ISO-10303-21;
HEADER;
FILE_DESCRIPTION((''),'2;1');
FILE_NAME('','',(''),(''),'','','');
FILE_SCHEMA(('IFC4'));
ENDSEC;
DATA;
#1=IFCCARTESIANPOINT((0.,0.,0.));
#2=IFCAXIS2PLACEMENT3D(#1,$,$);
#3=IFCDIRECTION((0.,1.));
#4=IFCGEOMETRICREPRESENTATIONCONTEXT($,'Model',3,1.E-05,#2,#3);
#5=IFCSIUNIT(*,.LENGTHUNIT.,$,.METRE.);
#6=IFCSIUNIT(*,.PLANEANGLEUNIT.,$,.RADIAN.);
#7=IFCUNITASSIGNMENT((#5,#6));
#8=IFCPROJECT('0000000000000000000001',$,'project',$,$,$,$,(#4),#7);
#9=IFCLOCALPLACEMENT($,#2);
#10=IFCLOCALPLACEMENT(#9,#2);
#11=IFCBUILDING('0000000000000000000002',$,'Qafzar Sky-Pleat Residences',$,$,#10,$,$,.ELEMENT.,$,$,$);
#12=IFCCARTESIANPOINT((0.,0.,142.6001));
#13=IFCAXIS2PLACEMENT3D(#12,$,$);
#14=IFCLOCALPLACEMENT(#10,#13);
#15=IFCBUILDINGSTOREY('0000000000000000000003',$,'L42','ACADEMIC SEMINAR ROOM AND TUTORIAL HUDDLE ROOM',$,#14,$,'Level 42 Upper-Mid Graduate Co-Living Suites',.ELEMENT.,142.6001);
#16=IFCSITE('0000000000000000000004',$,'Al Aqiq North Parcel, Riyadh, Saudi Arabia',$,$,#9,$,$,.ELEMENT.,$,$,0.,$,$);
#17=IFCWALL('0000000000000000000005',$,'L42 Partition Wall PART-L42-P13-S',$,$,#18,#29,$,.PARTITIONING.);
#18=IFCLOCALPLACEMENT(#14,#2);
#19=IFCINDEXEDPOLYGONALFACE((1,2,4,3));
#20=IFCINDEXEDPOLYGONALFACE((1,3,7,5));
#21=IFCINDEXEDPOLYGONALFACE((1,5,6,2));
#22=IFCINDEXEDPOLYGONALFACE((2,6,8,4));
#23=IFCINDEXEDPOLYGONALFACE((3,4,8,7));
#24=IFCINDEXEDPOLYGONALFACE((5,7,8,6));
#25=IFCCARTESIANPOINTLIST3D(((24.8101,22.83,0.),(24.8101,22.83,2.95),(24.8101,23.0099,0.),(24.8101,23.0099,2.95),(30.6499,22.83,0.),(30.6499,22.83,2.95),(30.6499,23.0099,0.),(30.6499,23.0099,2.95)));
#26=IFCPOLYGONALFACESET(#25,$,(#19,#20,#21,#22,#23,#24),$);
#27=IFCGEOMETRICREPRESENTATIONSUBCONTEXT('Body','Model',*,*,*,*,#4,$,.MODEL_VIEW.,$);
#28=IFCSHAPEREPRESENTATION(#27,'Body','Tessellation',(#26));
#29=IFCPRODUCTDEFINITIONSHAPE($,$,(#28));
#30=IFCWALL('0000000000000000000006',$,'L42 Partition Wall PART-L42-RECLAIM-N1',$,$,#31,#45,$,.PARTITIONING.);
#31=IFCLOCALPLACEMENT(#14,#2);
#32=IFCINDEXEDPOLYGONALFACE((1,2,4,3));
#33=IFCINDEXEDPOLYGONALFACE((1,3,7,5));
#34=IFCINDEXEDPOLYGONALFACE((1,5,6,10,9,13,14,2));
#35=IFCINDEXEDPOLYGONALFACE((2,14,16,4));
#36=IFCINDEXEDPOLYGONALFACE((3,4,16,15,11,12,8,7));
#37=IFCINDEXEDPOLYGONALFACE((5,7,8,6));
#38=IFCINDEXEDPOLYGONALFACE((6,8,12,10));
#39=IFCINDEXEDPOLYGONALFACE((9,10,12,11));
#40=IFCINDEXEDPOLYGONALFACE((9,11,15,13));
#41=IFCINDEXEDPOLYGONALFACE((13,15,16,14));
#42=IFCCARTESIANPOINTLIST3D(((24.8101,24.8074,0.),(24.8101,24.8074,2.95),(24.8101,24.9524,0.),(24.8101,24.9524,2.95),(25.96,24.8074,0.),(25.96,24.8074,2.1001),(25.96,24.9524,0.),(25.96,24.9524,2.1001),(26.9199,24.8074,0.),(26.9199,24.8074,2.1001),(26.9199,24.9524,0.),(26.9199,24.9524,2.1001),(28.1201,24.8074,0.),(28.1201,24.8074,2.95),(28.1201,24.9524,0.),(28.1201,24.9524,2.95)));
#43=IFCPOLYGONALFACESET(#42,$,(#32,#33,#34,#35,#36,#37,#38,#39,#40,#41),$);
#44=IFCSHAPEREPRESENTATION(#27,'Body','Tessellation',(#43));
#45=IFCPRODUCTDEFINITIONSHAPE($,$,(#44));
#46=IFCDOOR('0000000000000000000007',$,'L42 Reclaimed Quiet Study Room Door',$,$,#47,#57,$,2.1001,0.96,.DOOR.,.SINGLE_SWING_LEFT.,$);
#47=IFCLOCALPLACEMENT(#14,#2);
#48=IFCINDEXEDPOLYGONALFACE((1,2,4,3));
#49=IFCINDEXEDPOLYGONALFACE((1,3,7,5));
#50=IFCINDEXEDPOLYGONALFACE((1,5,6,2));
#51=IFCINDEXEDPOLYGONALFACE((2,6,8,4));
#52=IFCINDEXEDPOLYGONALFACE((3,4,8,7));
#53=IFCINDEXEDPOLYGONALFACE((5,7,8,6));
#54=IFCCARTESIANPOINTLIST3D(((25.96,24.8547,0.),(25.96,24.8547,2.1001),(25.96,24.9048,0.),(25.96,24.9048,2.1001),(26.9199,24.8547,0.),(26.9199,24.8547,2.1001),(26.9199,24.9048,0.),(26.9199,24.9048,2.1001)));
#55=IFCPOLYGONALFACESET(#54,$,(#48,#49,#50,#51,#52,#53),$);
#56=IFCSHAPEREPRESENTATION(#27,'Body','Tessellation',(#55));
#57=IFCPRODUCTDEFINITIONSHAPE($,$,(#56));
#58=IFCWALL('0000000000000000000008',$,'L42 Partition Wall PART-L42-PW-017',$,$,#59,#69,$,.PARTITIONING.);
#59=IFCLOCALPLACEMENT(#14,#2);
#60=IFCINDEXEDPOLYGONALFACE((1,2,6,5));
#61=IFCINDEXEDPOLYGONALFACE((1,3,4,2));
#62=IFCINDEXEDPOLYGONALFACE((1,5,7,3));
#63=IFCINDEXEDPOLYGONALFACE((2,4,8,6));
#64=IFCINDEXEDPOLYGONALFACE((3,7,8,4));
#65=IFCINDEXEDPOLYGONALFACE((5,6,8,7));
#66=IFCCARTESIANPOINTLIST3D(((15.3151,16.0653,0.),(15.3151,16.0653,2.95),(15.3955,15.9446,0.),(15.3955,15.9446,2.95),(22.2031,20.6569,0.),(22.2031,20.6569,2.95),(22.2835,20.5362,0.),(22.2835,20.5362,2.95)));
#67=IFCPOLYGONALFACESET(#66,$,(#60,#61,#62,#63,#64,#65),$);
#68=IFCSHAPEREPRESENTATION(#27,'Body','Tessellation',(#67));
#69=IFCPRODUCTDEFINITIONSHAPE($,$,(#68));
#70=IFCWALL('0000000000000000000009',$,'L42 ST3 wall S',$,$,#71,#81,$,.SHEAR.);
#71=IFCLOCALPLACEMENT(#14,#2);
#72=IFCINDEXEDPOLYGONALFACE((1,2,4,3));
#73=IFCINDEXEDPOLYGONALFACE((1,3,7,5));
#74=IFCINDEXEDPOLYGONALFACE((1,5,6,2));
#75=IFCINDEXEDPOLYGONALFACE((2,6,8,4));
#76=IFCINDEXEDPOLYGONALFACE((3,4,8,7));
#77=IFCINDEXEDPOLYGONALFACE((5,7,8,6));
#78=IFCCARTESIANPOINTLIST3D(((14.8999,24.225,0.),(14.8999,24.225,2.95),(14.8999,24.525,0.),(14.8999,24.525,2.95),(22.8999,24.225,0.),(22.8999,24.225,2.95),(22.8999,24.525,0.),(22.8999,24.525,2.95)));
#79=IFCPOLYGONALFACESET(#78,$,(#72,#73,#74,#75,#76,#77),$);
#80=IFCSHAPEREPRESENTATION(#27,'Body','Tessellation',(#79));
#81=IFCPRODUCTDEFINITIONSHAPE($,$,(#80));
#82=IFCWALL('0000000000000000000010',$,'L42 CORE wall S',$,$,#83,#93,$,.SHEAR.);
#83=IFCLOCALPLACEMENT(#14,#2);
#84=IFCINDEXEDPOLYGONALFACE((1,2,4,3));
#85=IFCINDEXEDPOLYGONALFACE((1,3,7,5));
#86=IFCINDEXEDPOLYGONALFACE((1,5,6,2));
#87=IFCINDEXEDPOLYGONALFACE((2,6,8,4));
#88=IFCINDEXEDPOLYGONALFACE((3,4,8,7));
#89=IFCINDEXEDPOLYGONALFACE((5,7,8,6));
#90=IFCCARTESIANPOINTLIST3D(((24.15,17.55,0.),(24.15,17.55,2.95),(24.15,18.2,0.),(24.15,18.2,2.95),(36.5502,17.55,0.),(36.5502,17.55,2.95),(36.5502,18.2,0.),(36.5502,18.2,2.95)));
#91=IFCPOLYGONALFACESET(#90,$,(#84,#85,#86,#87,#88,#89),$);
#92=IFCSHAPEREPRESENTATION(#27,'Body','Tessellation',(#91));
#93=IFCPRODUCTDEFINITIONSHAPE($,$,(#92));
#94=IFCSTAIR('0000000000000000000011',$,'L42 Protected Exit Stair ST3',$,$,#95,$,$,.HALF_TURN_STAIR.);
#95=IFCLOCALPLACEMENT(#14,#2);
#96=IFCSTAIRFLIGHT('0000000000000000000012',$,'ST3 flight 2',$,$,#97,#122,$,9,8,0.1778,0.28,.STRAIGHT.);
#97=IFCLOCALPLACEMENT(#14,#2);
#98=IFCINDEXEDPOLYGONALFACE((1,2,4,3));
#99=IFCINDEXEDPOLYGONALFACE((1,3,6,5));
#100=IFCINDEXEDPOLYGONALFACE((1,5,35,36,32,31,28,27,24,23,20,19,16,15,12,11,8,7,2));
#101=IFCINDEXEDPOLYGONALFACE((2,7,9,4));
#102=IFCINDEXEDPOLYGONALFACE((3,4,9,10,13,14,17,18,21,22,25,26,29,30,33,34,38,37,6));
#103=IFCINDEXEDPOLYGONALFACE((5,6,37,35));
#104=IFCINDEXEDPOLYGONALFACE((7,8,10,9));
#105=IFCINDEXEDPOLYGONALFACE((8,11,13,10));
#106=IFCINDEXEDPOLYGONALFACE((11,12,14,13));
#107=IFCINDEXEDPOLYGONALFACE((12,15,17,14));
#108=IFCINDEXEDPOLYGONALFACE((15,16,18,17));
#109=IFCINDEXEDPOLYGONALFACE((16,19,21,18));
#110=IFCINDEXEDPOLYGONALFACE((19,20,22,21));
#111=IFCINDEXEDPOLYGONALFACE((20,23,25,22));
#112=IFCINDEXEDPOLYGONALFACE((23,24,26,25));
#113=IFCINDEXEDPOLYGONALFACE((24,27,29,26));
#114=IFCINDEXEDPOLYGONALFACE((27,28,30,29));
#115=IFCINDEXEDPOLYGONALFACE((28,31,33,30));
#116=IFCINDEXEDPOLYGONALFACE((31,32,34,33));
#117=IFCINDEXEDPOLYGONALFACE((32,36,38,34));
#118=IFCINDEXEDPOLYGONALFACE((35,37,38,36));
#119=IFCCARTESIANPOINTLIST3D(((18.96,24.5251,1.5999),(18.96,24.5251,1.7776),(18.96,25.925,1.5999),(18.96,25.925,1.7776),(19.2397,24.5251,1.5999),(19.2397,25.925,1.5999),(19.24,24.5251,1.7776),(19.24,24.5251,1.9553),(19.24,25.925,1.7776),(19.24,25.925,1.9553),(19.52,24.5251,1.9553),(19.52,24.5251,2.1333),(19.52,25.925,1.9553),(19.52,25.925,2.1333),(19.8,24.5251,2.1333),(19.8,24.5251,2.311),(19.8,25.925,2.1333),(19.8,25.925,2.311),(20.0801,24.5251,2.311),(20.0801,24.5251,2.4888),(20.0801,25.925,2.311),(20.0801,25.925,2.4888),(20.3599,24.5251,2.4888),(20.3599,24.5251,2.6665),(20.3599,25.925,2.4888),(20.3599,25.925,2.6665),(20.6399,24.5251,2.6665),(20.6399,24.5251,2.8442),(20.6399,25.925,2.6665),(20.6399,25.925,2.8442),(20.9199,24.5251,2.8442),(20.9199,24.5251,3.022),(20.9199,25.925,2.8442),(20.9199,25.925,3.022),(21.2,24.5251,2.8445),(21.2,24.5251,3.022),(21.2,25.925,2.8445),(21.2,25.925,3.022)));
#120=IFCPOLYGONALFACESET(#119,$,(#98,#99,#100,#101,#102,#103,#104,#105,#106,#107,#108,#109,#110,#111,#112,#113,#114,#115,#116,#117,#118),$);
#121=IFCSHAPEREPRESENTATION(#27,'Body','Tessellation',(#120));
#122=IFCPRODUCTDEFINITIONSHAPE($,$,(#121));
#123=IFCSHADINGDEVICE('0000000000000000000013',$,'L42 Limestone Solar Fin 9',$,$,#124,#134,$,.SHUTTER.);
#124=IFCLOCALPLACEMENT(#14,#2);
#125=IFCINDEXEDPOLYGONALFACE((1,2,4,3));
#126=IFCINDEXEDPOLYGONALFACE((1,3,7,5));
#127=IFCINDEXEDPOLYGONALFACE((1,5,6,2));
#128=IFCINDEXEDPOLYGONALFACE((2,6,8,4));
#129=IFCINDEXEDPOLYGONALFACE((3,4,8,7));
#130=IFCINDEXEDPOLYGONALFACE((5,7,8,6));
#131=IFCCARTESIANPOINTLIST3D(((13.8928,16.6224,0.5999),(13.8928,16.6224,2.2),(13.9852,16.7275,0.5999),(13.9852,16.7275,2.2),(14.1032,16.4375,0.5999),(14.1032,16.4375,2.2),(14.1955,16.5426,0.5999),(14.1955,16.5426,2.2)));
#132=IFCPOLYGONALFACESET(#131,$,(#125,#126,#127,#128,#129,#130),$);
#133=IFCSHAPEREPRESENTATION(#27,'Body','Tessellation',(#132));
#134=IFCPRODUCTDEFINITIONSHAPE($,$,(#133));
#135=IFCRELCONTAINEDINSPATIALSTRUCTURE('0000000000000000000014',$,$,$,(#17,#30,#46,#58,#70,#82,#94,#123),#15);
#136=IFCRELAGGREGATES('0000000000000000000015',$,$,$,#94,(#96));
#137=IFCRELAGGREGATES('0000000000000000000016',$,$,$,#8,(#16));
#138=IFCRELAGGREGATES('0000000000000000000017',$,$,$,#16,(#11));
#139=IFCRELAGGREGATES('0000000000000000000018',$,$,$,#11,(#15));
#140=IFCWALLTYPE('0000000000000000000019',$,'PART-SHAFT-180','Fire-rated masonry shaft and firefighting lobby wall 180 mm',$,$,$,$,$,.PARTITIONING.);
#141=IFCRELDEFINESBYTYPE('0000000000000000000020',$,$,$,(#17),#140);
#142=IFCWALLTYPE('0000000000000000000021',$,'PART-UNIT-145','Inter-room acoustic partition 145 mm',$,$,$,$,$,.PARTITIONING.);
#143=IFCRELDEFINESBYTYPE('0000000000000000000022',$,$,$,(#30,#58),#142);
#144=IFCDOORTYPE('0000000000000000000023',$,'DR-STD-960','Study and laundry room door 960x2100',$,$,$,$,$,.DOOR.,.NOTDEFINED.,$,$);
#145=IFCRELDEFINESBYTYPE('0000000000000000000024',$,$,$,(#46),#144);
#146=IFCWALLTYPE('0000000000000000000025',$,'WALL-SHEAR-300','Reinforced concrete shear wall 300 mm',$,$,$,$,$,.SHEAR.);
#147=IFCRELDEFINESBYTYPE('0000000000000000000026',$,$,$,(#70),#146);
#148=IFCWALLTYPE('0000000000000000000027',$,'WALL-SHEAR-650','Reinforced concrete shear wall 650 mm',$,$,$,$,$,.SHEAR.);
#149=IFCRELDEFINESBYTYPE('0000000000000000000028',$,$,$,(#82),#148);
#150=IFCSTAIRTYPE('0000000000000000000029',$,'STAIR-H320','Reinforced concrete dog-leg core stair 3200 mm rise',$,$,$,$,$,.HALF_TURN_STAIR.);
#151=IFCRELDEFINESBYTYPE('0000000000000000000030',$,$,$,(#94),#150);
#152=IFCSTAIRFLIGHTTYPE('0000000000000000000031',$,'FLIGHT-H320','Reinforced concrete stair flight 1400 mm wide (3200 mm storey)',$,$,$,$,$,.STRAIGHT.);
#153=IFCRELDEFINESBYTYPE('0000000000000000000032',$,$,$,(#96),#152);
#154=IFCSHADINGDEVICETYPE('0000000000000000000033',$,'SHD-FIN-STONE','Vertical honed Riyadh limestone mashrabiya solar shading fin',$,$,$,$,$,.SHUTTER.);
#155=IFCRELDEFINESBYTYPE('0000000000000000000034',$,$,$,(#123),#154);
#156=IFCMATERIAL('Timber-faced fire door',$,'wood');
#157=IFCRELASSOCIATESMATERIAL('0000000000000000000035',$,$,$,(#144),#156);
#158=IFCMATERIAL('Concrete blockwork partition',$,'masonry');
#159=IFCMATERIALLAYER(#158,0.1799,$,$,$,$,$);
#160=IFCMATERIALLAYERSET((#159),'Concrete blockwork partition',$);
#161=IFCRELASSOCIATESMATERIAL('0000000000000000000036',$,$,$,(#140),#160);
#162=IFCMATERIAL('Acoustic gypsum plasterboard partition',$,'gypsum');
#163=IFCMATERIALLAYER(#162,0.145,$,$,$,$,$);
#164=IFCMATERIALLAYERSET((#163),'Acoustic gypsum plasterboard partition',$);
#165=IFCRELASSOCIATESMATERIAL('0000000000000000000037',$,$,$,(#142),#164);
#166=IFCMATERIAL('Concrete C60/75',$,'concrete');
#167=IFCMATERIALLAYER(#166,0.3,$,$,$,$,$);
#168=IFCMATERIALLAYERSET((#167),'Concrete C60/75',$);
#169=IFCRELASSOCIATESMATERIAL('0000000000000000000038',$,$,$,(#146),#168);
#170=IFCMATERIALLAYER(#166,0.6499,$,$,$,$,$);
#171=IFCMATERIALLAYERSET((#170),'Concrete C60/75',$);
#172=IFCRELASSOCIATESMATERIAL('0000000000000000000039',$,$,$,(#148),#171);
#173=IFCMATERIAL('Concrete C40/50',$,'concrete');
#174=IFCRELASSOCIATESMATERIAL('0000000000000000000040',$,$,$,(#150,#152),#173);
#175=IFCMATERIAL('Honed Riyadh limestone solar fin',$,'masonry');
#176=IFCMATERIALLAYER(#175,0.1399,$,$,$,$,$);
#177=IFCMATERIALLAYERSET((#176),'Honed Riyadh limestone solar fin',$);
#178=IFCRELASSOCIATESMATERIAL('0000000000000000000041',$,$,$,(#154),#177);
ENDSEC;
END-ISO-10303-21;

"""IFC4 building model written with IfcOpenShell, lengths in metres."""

from ifc_helpers import new_model, si_unit, direction, frame, frame_2d, origin, origin_2d, place, context, subcontext, project, spatial, polyline, rectangle, outline, extrude, source, transform, mapped, material, layer, layer_set, type_object, element, fill, aggregate, save


model = new_model("IFC4")

# Units and contexts
model_context = context("Model", 3, precision=1e-05, world=origin(), true_north=direction((0.0, 1.0)))
body_context = subcontext(model_context, "Body", "Model", "MODEL_VIEW")
ifc_project = project(units=[si_unit("LENGTHUNIT", "METRE"), si_unit("PLANEANGLEUNIT", "RADIAN")], contexts=[model_context])

# Site, building, storey
site_placement = place(None, origin())
site = spatial("IfcSite", under=ifc_project, at=site_placement, Name="Al Aqiq North Parcel, Riyadh, Saudi Arabia", CompositionType="ELEMENT", RefElevation=0.0)
building_placement = place(site_placement, origin())
building = spatial("IfcBuilding", under=site, at=building_placement, Name="Qafzar Sky-Pleat Residences", CompositionType="ELEMENT")
storey_placement = place(building_placement, frame((0.0, 0.0, 142.6001)))
storey = spatial("IfcBuildingStorey", under=building, at=storey_placement, Name="L42", Description="ACADEMIC SEMINAR ROOM AND TUTORIAL HUDDLE ROOM", LongName="Level 42 Upper-Mid Graduate Co-Living Suites", CompositionType="ELEMENT", Elevation=142.6001)

# Shared definitions
ifc_material_1 = material(Name="Acoustic gypsum plasterboard partition", Category="gypsum")
ifc_material_2 = material(Name="Timber-faced fire door", Category="wood")
door_type_1 = type_object("IfcDoorType", Name="DR-STD-960", Description="Study and laundry room door 960x2100", OperationType="NOTDEFINED", PredefinedType="DOOR", material=ifc_material_2)
shared_shape_1 = source(origin(), body_context, "Body", "SweptSolid", [
    extrude(rectangle(XDim=0.96, YDim=2.1001, at=frame_2d((0.48, 1.05))), frame((0.0, 0.0249, 0.0), z_axis=(0.0, -1.0, 0.0), x_axis=(1.0, 0.0, 0.0)), (0.0, 0.0, 1.0), 0.05),
])

# Wall
ifc_material_3 = material(Name="Concrete blockwork partition", Category="masonry")
ifc_layer_1 = layer(ifc_material_3, 0.1799)
ifc_layer_set_1 = layer_set([ifc_layer_1], Name="Concrete blockwork partition")
wall_type_1 = type_object("IfcWallType", Name="PART-SHAFT-180", Description="Fire-rated masonry shaft and firefighting lobby wall 180 mm", PredefinedType="PARTITIONING", material=ifc_layer_set_1)
wall_1_placement = place(storey_placement, frame((24.8101, 22.9199, 0.0), z_axis=(0.0, 0.0, 1.0), x_axis=(1.0, 0.0, 0.0)))
element("IfcWall", 1, at=wall_1_placement, inside=storey, type_object=wall_type_1, Name="L42 Partition Wall PART-L42-P13-S", PredefinedType="PARTITIONING", context=body_context, shape_type="SweptSolid", body=[
    extrude(rectangle(XDim=5.8398, YDim=0.1799, at=frame_2d((2.9199, 0.0))), origin(), (0.0, 0.0, 1.0), 2.95),
])

# Wall, opening, door
ifc_layer_2 = layer(ifc_material_1, 0.145)
ifc_layer_set_2 = layer_set([ifc_layer_2], Name="Acoustic gypsum plasterboard partition")
wall_type_2 = type_object("IfcWallType", Name="PART-UNIT-145", Description="Inter-room acoustic partition 145 mm", PredefinedType="PARTITIONING", material=ifc_layer_set_2)
wall_2_placement = place(storey_placement, frame((24.8101, 24.8799, 0.0), z_axis=(0.0, 0.0, 1.0), x_axis=(1.0, 0.0, 0.0)))
wall_2 = element("IfcWall", 2, at=wall_2_placement, inside=storey, type_object=wall_type_2, Name="L42 Partition Wall PART-L42-RECLAIM-N1", PredefinedType="PARTITIONING", context=body_context, shape_type="SweptSolid", body=[
    extrude(rectangle(XDim=3.3101, YDim=0.145, at=frame_2d((1.655, 0.0))), origin(), (0.0, 0.0, 1.0), 2.95),
])
opening_1_placement = place(wall_2_placement, frame((1.1499, 0.0, 0.0)))
opening_1 = element("IfcOpeningElement", 3, at=opening_1_placement, cuts=wall_2, PredefinedType="OPENING", context=body_context, shape_type="SweptSolid", body=[
    extrude(rectangle(XDim=0.96, YDim=2.1001, at=frame_2d((0.48, 1.05))), frame((0.0, 0.0825, 0.0), z_axis=(0.0, -1.0, 0.0), x_axis=(1.0, 0.0, 0.0)), (0.0, 0.0, 1.0), 0.165),
])
door_1_placement = place(opening_1_placement, origin())
door_1 = element("IfcDoor", 4, at=door_1_placement, inside=storey, type_object=door_type_1, Name="L42 Reclaimed Quiet Study Room Door", OperationType="SINGLE_SWING_LEFT", OverallHeight=2.1001, OverallWidth=0.96, PredefinedType="DOOR", context=body_context, shape_type="MappedRepresentation", body=[
    mapped(shared_shape_1, transform((0.0, 0.0, 0.0), x_axis=(1.0, 0.0, 0.0), y_axis=(0.0, 1.0, 0.0), z_axis=(0.0, 0.0, 1.0), scale=1.0)),
])
fill(opening_1, door_1)

# Wall
wall_3_placement = place(storey_placement, frame((15.3552, 16.0049, 0.0), z_axis=(0.0, 0.0, 1.0), x_axis=(0.832073, 0.554666, 0.0)))
element("IfcWall", 5, at=wall_3_placement, inside=storey, type_object=wall_type_2, Name="L42 Partition Wall PART-L42-PW-017", PredefinedType="PARTITIONING", context=body_context, shape_type="SweptSolid", body=[
    extrude(rectangle(XDim=8.2781, YDim=0.145, at=frame_2d((4.1392, 0.0))), origin(), (0.0, 0.0, 1.0), 2.95),
])

# Shared definitions
ifc_material_4 = material(Name="Concrete C60/75", Category="concrete")
ifc_layer_3 = layer(ifc_material_4, 0.3)
ifc_layer_set_3 = layer_set([ifc_layer_3], Name="Concrete C60/75")
wall_type_3 = type_object("IfcWallType", Name="WALL-SHEAR-300", Description="Reinforced concrete shear wall 300 mm", PredefinedType="SHEAR", material=ifc_layer_set_3)

# Wall
wall_4_placement = place(storey_placement, frame((14.8999, 24.375, 0.0), z_axis=(0.0, 0.0, 1.0), x_axis=(1.0, 0.0, 0.0)))
element("IfcWall", 6, at=wall_4_placement, inside=storey, type_object=wall_type_3, Name="L42 ST3 wall S", PredefinedType="SHEAR", context=body_context, shape_type="SweptSolid", body=[
    extrude(rectangle(XDim=8.0, YDim=0.3, at=frame_2d((4.0, 0.0))), origin(), (0.0, 0.0, 1.0), 2.95),
])

# Wall
ifc_layer_4 = layer(ifc_material_4, 0.6499)
ifc_layer_set_4 = layer_set([ifc_layer_4], Name="Concrete C60/75")
wall_type_4 = type_object("IfcWallType", Name="WALL-SHEAR-650", Description="Reinforced concrete shear wall 650 mm", PredefinedType="SHEAR", material=ifc_layer_set_4)
wall_5_placement = place(storey_placement, frame((24.1499, 17.875, 0.0), z_axis=(0.0, 0.0, 1.0), x_axis=(1.0, 0.0, 0.0)))
element("IfcWall", 7, at=wall_5_placement, inside=storey, type_object=wall_type_4, Name="L42 CORE wall S", PredefinedType="SHEAR", context=body_context, shape_type="SweptSolid", body=[
    extrude(rectangle(XDim=12.4001, YDim=0.6499, at=frame_2d((6.2002, 0.0))), origin(), (0.0, 0.0, 1.0), 2.95),
])

# Stair, stair flight
ifc_material_5 = material(Name="Concrete C40/50", Category="concrete")
stair_type = type_object("IfcStairType", Name="STAIR-H320", Description="Reinforced concrete dog-leg core stair 3200 mm rise", PredefinedType="HALF_TURN_STAIR", material=ifc_material_5)
stair_placement = place(storey_placement, origin())
stair = element("IfcStair", 8, at=stair_placement, inside=storey, type_object=stair_type, Name="L42 Protected Exit Stair ST3", PredefinedType="HALF_TURN_STAIR")
stair_flight_type = type_object("IfcStairFlightType", Name="FLIGHT-H320", Description="Reinforced concrete stair flight 1400 mm wide (3200 mm storey)", PredefinedType="STRAIGHT", material=ifc_material_5)
shared_shape_2 = source(origin(), body_context, "Body", "SweptSolid", [
    extrude(outline(polyline([(0.0, 0.0), (0.0, 0.1777), (0.28, 0.1777), (0.28, 0.3555), (0.5601, 0.3555), (0.5601, 0.5334), (0.8401, 0.5334), (0.8401, 0.7112), (1.1201, 0.7112), (1.1201, 0.8889), (1.3999, 0.8889), (1.3999, 1.0667), (1.6799, 1.0667), (1.6799, 1.2444), (1.96, 1.2444), (1.96, 1.4221), (2.24, 1.4221), (2.24, 1.6001), (2.24, 1.2446), (0.2798, 0.0), (0.0, 0.0)])), frame((0.0, 0.7, 0.0), z_axis=(0.0, -1.0, 0.0), x_axis=(1.0, 0.0, 0.0)), (0.0, 0.0, 1.0), 1.3999),
])
stair_flight_placement = place(storey_placement, frame((18.96, 25.2251, 1.5999), z_axis=(0.0, 0.0, 1.0), x_axis=(1.0, 0.0, 0.0)))
stair_flight = element("IfcStairFlight", 9, at=stair_flight_placement, type_object=stair_flight_type, Name="ST3 flight 2", NumberOfRisers=9, NumberOfTreads=8, PredefinedType="STRAIGHT", RiserHeight=0.1778, TreadLength=0.28, context=body_context, shape_type="MappedRepresentation", body=[
    mapped(shared_shape_2, transform((0.0, 0.0, 0.0), x_axis=(1.0, 0.0, 0.0), y_axis=(0.0, 1.0, 0.0), z_axis=(0.0, 0.0, 1.0), scale=1.0)),
])
aggregate(stair, [stair_flight])

# Shading device
ifc_material_6 = material(Name="Honed Riyadh limestone solar fin", Category="masonry")
ifc_layer_5 = layer(ifc_material_6, 0.1399)
ifc_layer_set_5 = layer_set([ifc_layer_5], Name="Honed Riyadh limestone solar fin")
shading_device_type = type_object("IfcShadingDeviceType", Name="SHD-FIN-STONE", Description="Vertical honed Riyadh limestone mashrabiya solar shading fin", PredefinedType="SHUTTER", material=ifc_layer_set_5)
shared_shape_3 = source(origin(), body_context, "Body", "SweptSolid", [
    extrude(rectangle(XDim=0.1399, YDim=0.28, at=origin_2d()), origin(), (0.0, 0.0, 1.0), 1.6001),
])
shading_device_placement = place(storey_placement, frame((14.0442, 16.5825, 0.5999), z_axis=(0.0, 0.0, 1.0), x_axis=(-0.660155, -0.75113, 0.0)))
element("IfcShadingDevice", 10, at=shading_device_placement, inside=storey, type_object=shading_device_type, Name="L42 Limestone Solar Fin 9", PredefinedType="SHUTTER", context=body_context, shape_type="MappedRepresentation", body=[
    mapped(shared_shape_3, transform((0.0, 0.0, 0.0), x_axis=(1.0, 0.0, 0.0), y_axis=(0.0, 1.0, 0.0), z_axis=(0.0, 0.0, 1.0), scale=1.0)),
])

save(model, "model.ifc")
